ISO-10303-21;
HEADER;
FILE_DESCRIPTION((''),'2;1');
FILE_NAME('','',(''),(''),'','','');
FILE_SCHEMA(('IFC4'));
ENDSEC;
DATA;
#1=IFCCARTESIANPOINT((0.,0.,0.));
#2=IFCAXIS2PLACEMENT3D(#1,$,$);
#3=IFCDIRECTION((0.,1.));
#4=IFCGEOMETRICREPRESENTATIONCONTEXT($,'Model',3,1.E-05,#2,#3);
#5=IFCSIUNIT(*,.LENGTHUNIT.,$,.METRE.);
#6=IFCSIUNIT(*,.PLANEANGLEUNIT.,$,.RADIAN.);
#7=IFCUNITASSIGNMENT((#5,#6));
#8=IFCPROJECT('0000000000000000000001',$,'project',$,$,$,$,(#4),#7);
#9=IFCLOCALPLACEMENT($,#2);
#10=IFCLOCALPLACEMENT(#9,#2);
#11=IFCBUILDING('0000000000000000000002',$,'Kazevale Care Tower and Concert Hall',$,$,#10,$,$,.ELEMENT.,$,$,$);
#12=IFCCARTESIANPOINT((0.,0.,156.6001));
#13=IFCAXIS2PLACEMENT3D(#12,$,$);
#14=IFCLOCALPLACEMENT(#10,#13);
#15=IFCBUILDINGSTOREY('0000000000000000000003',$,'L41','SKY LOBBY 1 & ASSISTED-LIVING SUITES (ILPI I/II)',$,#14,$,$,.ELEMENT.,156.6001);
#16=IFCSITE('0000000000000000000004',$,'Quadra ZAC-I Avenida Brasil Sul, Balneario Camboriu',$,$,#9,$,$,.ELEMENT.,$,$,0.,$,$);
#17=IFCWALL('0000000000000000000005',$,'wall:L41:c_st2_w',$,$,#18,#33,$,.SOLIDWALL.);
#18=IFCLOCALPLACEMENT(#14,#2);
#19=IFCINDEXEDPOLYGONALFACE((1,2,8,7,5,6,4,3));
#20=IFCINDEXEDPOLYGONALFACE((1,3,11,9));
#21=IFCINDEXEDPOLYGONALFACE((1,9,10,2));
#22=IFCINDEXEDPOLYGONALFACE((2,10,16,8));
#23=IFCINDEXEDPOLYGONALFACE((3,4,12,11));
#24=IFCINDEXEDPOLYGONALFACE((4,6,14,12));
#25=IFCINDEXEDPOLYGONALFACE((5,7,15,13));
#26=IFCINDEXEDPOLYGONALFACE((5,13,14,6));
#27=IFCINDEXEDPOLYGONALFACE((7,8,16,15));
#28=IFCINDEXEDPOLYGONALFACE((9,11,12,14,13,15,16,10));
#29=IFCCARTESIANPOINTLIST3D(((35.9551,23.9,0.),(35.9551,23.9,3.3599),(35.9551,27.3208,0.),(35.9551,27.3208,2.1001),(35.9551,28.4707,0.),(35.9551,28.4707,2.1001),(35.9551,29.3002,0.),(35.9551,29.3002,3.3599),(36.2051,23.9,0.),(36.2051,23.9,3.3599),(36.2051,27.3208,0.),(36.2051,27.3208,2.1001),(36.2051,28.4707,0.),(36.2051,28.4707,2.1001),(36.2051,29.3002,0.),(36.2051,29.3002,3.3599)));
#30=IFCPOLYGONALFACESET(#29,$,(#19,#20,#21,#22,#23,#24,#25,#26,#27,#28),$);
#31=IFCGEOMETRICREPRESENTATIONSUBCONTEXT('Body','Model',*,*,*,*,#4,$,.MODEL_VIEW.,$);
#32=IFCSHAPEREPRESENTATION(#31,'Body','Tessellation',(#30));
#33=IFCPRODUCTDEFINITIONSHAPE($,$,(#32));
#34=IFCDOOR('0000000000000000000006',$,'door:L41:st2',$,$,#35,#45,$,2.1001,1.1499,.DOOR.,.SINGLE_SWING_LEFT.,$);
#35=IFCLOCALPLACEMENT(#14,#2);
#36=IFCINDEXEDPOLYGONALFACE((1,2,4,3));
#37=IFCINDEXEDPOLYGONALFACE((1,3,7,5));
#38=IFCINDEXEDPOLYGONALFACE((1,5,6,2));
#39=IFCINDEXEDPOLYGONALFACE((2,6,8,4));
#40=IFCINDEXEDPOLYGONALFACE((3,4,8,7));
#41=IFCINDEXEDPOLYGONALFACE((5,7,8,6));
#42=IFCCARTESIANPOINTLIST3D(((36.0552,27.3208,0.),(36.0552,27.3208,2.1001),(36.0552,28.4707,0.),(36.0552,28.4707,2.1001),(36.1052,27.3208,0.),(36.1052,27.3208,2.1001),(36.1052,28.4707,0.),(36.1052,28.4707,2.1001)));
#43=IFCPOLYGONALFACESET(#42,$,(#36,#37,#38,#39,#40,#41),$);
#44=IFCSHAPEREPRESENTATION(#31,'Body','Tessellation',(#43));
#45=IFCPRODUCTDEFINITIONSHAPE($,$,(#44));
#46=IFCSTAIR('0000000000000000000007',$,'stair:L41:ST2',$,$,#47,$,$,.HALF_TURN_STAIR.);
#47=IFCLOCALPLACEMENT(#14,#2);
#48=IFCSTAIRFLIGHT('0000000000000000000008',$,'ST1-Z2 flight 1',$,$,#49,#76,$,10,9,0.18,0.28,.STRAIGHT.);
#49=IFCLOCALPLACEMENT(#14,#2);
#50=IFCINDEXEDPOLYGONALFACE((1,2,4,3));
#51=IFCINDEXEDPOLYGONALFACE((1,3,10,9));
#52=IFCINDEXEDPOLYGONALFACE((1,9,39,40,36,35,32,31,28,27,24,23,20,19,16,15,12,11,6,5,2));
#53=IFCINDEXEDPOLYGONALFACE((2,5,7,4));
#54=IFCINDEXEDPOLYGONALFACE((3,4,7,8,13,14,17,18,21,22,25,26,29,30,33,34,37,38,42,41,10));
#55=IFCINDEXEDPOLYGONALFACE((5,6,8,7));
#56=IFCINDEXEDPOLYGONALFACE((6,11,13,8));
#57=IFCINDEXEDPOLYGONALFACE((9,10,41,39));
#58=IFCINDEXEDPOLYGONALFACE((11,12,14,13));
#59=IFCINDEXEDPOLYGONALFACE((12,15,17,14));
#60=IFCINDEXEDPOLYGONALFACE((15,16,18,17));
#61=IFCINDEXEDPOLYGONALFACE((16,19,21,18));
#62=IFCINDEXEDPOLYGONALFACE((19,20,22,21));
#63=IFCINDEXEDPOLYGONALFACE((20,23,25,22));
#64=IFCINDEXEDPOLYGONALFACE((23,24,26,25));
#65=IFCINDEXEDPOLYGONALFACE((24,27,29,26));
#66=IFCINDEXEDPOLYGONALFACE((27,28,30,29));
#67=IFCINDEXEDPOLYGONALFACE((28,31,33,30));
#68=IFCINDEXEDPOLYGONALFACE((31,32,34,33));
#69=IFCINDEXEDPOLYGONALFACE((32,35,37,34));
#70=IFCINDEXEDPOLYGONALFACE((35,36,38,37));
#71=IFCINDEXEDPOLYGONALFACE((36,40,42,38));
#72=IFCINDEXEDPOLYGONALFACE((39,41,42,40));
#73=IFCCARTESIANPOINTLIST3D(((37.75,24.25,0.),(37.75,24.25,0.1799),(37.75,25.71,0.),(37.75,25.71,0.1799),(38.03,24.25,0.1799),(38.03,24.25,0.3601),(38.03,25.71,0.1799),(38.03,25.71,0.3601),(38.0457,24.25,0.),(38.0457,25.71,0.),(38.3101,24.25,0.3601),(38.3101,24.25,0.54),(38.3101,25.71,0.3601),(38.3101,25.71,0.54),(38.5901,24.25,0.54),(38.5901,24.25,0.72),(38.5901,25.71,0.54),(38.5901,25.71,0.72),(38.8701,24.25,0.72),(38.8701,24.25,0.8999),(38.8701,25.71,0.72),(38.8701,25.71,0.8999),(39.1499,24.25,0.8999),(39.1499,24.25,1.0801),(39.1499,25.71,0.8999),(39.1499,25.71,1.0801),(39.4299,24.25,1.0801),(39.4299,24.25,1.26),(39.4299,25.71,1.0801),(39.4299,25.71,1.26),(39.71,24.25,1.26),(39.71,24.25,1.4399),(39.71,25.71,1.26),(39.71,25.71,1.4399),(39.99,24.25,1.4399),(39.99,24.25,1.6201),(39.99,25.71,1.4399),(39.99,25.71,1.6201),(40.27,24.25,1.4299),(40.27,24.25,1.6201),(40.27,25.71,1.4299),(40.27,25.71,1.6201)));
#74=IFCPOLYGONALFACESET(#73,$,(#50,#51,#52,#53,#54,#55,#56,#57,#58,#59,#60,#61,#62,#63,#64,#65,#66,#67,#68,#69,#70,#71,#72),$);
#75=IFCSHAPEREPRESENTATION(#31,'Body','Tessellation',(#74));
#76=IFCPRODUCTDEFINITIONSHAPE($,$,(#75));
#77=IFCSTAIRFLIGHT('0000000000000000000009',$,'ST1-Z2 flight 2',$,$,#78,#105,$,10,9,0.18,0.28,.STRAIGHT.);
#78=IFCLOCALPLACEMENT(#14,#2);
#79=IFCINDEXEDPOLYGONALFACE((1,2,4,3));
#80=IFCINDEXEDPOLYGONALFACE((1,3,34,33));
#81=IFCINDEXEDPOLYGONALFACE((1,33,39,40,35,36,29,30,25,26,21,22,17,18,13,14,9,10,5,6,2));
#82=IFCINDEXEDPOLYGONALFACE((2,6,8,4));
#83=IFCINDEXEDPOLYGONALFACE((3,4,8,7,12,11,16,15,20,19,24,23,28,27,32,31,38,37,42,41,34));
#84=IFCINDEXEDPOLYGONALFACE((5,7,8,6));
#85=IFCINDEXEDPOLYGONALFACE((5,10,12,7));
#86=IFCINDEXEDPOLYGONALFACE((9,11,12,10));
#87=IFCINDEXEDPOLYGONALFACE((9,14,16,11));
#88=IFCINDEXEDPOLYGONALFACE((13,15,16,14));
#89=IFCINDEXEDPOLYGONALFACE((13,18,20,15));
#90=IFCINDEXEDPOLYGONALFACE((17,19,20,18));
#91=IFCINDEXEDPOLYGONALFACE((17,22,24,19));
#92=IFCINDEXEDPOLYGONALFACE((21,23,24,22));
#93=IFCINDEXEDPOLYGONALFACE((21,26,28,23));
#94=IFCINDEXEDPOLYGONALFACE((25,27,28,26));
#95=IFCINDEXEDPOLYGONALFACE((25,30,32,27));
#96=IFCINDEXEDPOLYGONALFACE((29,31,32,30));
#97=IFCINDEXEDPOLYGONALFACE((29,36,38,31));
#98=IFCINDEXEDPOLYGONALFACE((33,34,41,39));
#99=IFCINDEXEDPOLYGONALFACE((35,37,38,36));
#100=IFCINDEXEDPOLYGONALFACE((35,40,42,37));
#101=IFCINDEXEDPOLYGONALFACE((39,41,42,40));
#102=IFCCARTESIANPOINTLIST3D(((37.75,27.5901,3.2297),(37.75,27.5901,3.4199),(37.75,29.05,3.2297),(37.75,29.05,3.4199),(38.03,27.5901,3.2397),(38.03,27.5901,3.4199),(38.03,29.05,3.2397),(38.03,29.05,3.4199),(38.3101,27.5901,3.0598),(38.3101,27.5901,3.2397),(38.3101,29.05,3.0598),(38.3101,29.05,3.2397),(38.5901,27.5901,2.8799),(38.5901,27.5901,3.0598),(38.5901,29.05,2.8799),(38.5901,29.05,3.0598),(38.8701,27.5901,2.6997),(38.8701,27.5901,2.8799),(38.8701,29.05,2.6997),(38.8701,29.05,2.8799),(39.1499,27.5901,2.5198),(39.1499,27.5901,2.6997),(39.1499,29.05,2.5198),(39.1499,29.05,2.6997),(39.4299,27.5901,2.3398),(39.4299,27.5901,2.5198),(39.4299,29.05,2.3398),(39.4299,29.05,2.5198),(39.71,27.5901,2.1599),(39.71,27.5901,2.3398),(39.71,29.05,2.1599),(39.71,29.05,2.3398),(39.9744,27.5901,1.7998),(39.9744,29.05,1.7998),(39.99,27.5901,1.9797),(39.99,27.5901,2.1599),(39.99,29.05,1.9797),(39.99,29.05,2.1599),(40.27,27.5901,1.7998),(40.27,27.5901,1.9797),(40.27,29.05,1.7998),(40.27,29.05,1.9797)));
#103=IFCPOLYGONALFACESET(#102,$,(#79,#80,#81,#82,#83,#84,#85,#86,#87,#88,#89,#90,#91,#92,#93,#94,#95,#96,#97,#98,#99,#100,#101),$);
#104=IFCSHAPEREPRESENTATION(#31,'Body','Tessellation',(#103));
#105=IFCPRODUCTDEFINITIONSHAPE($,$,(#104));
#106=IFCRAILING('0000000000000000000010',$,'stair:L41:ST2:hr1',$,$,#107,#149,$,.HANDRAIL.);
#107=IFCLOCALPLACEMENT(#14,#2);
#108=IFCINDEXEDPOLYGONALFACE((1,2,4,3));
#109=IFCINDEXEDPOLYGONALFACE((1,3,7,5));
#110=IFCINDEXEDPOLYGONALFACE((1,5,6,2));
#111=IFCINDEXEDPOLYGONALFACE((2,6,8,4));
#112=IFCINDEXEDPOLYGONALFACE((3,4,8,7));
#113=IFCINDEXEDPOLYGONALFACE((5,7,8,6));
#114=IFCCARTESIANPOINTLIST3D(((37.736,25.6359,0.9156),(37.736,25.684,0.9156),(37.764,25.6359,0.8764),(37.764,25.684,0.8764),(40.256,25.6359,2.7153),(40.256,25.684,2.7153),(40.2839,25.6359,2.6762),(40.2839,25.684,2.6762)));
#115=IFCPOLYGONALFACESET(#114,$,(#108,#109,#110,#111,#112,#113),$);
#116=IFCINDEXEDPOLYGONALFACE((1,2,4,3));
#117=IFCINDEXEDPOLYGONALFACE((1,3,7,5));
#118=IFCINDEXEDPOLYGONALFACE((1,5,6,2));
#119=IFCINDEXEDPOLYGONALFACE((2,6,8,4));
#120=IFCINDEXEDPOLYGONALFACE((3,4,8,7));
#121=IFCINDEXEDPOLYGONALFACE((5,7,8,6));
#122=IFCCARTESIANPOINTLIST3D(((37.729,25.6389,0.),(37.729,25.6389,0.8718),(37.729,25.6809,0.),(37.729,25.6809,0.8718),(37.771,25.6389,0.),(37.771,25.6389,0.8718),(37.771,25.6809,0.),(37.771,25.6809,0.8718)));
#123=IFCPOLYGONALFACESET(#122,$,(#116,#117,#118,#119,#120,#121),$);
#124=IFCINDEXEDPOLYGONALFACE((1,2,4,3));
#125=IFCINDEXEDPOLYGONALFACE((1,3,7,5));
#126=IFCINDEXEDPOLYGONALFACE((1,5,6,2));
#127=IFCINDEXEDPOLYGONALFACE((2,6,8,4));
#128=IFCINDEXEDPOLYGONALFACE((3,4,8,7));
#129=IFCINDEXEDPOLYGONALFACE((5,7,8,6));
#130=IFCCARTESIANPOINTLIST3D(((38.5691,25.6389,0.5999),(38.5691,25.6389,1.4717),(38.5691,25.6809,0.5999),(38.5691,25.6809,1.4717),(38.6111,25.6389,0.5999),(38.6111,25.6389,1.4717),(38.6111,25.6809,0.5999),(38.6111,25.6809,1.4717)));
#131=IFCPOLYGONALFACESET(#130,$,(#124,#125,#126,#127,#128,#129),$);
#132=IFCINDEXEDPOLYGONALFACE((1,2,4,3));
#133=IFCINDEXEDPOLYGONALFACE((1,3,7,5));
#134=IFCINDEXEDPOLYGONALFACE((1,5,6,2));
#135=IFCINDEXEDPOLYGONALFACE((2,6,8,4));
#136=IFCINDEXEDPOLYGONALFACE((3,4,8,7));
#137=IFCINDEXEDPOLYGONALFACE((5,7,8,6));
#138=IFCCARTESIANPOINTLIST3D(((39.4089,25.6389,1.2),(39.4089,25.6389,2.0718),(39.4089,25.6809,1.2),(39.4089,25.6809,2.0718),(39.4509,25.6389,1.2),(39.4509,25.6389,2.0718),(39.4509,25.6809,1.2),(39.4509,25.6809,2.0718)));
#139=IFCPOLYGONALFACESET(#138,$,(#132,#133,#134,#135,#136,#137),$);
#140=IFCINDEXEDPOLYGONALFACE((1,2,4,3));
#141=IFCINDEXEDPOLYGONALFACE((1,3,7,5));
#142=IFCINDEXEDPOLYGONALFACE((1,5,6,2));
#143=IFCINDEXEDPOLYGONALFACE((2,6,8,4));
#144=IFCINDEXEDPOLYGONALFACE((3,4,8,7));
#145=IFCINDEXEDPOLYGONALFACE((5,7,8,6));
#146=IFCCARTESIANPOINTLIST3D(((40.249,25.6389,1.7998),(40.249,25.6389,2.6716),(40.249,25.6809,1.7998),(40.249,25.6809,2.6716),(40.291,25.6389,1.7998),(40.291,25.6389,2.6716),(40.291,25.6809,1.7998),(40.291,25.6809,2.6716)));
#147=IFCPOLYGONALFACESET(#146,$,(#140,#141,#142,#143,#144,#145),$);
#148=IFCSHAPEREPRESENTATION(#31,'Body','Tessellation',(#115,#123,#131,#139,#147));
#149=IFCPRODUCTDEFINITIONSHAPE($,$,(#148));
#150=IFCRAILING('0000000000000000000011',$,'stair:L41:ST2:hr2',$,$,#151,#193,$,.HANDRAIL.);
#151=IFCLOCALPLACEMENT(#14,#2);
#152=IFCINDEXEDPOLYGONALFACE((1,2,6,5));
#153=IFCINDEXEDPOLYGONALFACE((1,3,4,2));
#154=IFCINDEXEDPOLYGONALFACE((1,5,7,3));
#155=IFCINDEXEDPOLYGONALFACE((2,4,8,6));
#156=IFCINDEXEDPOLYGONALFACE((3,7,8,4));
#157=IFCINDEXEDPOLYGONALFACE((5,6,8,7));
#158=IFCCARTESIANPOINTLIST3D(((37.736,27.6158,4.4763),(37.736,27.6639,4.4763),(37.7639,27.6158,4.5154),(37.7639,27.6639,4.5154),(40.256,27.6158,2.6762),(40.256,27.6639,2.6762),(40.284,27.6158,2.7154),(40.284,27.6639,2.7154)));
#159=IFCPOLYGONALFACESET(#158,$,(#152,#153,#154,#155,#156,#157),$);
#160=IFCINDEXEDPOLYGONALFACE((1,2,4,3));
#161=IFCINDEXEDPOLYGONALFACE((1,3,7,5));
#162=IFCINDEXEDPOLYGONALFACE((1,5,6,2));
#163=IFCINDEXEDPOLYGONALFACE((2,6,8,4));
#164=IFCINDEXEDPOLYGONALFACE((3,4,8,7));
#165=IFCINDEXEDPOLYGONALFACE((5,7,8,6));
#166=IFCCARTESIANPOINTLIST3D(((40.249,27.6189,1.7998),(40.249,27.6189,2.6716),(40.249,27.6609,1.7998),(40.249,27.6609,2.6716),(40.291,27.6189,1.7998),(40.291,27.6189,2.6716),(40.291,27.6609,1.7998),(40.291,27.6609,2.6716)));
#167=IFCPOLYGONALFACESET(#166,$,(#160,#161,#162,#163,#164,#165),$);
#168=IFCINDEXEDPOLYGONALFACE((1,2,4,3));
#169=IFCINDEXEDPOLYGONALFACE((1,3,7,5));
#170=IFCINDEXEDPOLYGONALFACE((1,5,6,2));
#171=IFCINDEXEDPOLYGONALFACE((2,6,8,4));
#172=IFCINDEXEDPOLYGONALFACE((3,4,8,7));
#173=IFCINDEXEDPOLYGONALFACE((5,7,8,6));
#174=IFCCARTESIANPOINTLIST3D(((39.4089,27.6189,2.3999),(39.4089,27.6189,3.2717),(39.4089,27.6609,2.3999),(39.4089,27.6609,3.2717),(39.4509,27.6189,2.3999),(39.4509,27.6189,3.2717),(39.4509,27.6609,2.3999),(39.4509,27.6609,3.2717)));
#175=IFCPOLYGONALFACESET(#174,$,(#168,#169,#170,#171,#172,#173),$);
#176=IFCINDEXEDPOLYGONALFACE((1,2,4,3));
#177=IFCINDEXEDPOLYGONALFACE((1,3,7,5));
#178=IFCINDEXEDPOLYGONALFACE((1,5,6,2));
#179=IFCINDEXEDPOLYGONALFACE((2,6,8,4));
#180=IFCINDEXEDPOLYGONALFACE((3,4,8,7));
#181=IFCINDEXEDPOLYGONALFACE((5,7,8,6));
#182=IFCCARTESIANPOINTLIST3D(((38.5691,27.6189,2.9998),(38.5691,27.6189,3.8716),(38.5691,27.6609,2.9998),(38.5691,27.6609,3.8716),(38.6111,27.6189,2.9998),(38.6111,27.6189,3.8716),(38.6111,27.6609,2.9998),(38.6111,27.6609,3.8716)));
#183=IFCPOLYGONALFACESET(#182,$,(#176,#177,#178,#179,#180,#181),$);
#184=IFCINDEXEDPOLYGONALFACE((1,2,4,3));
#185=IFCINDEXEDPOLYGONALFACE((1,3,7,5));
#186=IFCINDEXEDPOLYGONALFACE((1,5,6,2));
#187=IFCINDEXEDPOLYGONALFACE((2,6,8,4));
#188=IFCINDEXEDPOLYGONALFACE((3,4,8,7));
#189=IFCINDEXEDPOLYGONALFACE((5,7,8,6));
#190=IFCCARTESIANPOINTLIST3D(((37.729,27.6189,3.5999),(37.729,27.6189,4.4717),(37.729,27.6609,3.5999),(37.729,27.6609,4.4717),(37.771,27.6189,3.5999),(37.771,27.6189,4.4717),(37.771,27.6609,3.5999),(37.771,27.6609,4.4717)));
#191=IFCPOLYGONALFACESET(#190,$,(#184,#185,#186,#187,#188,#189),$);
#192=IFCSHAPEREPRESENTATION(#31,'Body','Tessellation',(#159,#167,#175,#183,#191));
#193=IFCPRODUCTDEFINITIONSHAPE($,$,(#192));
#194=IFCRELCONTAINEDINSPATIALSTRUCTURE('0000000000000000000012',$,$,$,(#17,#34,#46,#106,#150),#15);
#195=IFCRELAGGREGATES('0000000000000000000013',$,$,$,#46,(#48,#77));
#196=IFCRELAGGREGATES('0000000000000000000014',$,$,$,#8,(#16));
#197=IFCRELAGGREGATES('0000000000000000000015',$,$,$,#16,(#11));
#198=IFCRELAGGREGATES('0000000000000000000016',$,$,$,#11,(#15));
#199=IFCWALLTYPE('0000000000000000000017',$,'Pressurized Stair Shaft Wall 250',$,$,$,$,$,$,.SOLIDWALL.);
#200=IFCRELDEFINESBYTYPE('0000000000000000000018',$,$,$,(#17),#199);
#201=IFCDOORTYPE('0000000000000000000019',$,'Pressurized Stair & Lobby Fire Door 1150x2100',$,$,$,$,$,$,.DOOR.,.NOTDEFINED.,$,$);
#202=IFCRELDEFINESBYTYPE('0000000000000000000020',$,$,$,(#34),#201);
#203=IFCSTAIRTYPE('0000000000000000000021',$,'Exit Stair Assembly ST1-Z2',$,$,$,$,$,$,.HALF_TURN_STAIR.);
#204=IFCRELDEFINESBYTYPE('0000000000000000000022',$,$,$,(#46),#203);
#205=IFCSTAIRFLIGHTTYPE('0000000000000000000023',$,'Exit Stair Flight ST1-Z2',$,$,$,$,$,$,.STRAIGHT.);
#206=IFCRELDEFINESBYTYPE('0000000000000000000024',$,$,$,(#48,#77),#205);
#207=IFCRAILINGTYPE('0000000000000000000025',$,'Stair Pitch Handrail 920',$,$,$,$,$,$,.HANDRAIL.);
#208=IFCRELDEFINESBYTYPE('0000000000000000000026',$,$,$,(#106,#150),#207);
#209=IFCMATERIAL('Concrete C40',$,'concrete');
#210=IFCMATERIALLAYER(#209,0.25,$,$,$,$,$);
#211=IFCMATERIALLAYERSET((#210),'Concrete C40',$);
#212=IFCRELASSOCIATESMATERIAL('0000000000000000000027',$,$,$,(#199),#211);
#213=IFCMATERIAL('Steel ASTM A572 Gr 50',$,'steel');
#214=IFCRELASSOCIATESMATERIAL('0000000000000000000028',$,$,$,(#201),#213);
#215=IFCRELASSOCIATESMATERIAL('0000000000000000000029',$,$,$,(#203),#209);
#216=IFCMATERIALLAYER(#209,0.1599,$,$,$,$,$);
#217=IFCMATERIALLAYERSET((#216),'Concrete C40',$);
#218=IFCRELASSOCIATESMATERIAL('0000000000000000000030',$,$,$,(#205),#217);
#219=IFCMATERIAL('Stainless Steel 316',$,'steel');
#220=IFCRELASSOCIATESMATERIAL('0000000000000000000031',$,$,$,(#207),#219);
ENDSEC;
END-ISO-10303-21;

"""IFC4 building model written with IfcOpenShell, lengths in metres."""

from ifc_helpers import new_model, si_unit, direction, frame, frame_2d, origin, origin_2d, place, context, subcontext, project, spatial, polyline, rectangle, outline, extrude, material, layer, layer_set, type_object, element, fill, aggregate, save


model = new_model("IFC4")

# Units and contexts
model_context = context("Model", 3, precision=1e-05, world=origin(), true_north=direction((0.0, 1.0)))
body_context = subcontext(model_context, "Body", "Model", "MODEL_VIEW")
ifc_project = project(units=[si_unit("LENGTHUNIT", "METRE"), si_unit("PLANEANGLEUNIT", "RADIAN")], contexts=[model_context])

# Site, building, storey
site_placement = place(None, origin())
site = spatial("IfcSite", under=ifc_project, at=site_placement, Name="Quadra ZAC-I Avenida Brasil Sul, Balneario Camboriu", CompositionType="ELEMENT", RefElevation=0.0)
building_placement = place(site_placement, origin())
building = spatial("IfcBuilding", under=site, at=building_placement, Name="Kazevale Care Tower and Concert Hall", CompositionType="ELEMENT")
storey_placement = place(building_placement, frame((0.0, 0.0, 156.6001)))
storey = spatial("IfcBuildingStorey", under=building, at=storey_placement, Name="L41", Description="SKY LOBBY 1 & ASSISTED-LIVING SUITES (ILPI I/II)", CompositionType="ELEMENT", Elevation=156.6001)

# Shared definitions
ifc_material_1 = material(Name="Steel ASTM A572 Gr 50", Category="steel")

# Wall, opening, door
ifc_material_2 = material(Name="Concrete C40", Category="concrete")
ifc_layer_1 = layer(ifc_material_2, 0.25)
ifc_layer_set_1 = layer_set([ifc_layer_1], Name="Concrete C40")
wall_type_1 = type_object("IfcWallType", Name="Pressurized Stair Shaft Wall 250", PredefinedType="SOLIDWALL", material=ifc_layer_set_1)
wall_1_placement = place(storey_placement, frame((36.0801, 23.8999, 0.0), z_axis=(0.0, 0.0, 1.0), x_axis=(0.0, 1.0, 0.0)))
wall_1 = element("IfcWall", 1, at=wall_1_placement, inside=storey, type_object=wall_type_1, Name="wall:L41:c_st2_w", PredefinedType="SOLIDWALL", context=body_context, shape_type="SweptSolid", body=[
    extrude(rectangle(XDim=5.4001, YDim=0.25, at=frame_2d((2.7002, 0.0))), origin(), (0.0, 0.0, 1.0), 3.3599),
])
opening_1_placement = place(wall_1_placement, frame((3.4209, 0.0, 0.0)))
opening_1 = element("IfcOpeningElement", 2, at=opening_1_placement, cuts=wall_1, PredefinedType="OPENING", context=body_context, shape_type="SweptSolid", body=[
    extrude(rectangle(XDim=1.1499, YDim=2.1001, at=frame_2d((0.575, 1.05))), frame((0.0, 0.135, 0.0), z_axis=(0.0, -1.0, 0.0), x_axis=(1.0, 0.0, 0.0)), (0.0, 0.0, 1.0), 0.27),
])
door_type_1 = type_object("IfcDoorType", Name="Pressurized Stair & Lobby Fire Door 1150x2100", OperationType="NOTDEFINED", PredefinedType="DOOR", material=ifc_material_1)
door_1_placement = place(opening_1_placement, origin())
door_1 = element("IfcDoor", 3, at=door_1_placement, inside=storey, type_object=door_type_1, Name="door:L41:st2", OperationType="SINGLE_SWING_LEFT", OverallHeight=2.1001, OverallWidth=1.1499, PredefinedType="DOOR", context=body_context, shape_type="SweptSolid", body=[
    extrude(rectangle(XDim=1.1499, YDim=2.1001, at=frame_2d((0.575, 1.05))), frame((0.0, 0.0249, 0.0), z_axis=(0.0, -1.0, 0.0), x_axis=(1.0, 0.0, 0.0)), (0.0, 0.0, 1.0), 0.05),
])
fill(opening_1, door_1)

# Stair, stair flights
stair_type = type_object("IfcStairType", Name="Exit Stair Assembly ST1-Z2", PredefinedType="HALF_TURN_STAIR", material=ifc_material_2)
stair_placement = place(storey_placement, origin())
stair = element("IfcStair", 4, at=stair_placement, inside=storey, type_object=stair_type, Name="stair:L41:ST2", PredefinedType="HALF_TURN_STAIR")
ifc_layer_2 = layer(ifc_material_2, 0.1599)
ifc_layer_set_2 = layer_set([ifc_layer_2], Name="Concrete C40")
stair_flight_type = type_object("IfcStairFlightType", Name="Exit Stair Flight ST1-Z2", PredefinedType="STRAIGHT", material=ifc_layer_set_2)
stair_flight_1_placement = place(storey_placement, frame((37.75, 24.98, 0.0), z_axis=(0.0, 0.0, 1.0), x_axis=(1.0, 0.0, 0.0)))
stair_flight_1 = element("IfcStairFlight", 5, at=stair_flight_1_placement, type_object=stair_flight_type, Name="ST1-Z2 flight 1", NumberOfRisers=10, NumberOfTreads=9, PredefinedType="STRAIGHT", RiserHeight=0.18, TreadLength=0.28, context=body_context, shape_type="SweptSolid", body=[
    extrude(outline(polyline([(0.0, 0.0), (0.0, 0.1799), (0.28, 0.1799), (0.28, 0.3601), (0.5601, 0.3601), (0.5601, 0.54), (0.8401, 0.54), (0.8401, 0.72), (1.1201, 0.72), (1.1201, 0.8999), (1.3999, 0.8999), (1.3999, 1.0801), (1.6799, 1.0801), (1.6799, 1.26), (1.96, 1.26), (1.96, 1.4399), (2.24, 1.4399), (2.24, 1.6201), (2.52, 1.6201), (2.52, 1.8), (2.52, 1.4299), (0.2957, 0.0), (0.0, 0.0)])), frame((0.0, 0.73, 0.0), z_axis=(0.0, -1.0, 0.0), x_axis=(1.0, 0.0, 0.0)), (0.0, 0.0, 1.0), 1.46),
])
stair_flight_2_placement = place(storey_placement, frame((40.27, 28.3201, 1.7998), z_axis=(0.0, 0.0, 1.0), x_axis=(-1.0, 0.0, 0.0)))
stair_flight_2 = element("IfcStairFlight", 6, at=stair_flight_2_placement, type_object=stair_flight_type, Name="ST1-Z2 flight 2", NumberOfRisers=10, NumberOfTreads=9, PredefinedType="STRAIGHT", RiserHeight=0.18, TreadLength=0.28, context=body_context, shape_type="SweptSolid", body=[
    extrude(outline(polyline([(0.0, 0.0), (0.0, 0.1799), (0.28, 0.1799), (0.28, 0.3601), (0.5601, 0.3601), (0.5601, 0.54), (0.8401, 0.54), (0.8401, 0.72), (1.1201, 0.72), (1.1201, 0.8999), (1.3999, 0.8999), (1.3999, 1.0801), (1.6799, 1.0801), (1.6799, 1.26), (1.96, 1.26), (1.96, 1.4399), (2.24, 1.4399), (2.24, 1.6201), (2.52, 1.6201), (2.52, 1.8), (2.52, 1.4299), (0.2957, 0.0), (0.0, 0.0)])), frame((0.0, 0.73, 0.0), z_axis=(0.0, -1.0, 0.0), x_axis=(1.0, 0.0, 0.0)), (0.0, 0.0, 1.0), 1.46),
])
aggregate(stair, [stair_flight_1, stair_flight_2])

# Railings
ifc_material_3 = material(Name="Stainless Steel 316", Category="steel")
railing_type_1 = type_object("IfcRailingType", Name="Stair Pitch Handrail 920", PredefinedType="HANDRAIL", material=ifc_material_3)
railing_1_placement = place(storey_placement, frame((37.75, 25.6599, 0.0)))
element("IfcRailing", 7, at=railing_1_placement, inside=storey, type_object=railing_type_1, Name="stair:L41:ST2:hr1", PredefinedType="HANDRAIL", context=body_context, shape_type="SweptSolid", body=[
    extrude(rectangle(XDim=0.0481, YDim=0.0481, at=origin_2d()), frame((0.0, 0.0, 0.896), z_axis=(0.813765, 0.0, 0.581193), x_axis=(0.0, 1.0, 0.0)), (0.0, 0.0, 1.0), 3.0967),
    extrude(rectangle(XDim=0.042, YDim=0.042, at=origin_2d()), origin(), (0.0, 0.0, 1.0), 0.8718),
    extrude(rectangle(XDim=0.042, YDim=0.042, at=origin_2d()), frame((0.8401, 0.0, 0.5999)), (0.0, 0.0, 1.0), 0.8718),
    extrude(rectangle(XDim=0.042, YDim=0.042, at=origin_2d()), frame((1.6799, 0.0, 1.2)), (0.0, 0.0, 1.0), 0.8718),
    extrude(rectangle(XDim=0.042, YDim=0.042, at=origin_2d()), frame((2.52, 0.0, 1.7998)), (0.0, 0.0, 1.0), 0.8718),
])
railing_2_placement = place(storey_placement, frame((40.27, 27.6399, 1.7998)))
element("IfcRailing", 8, at=railing_2_placement, inside=storey, type_object=railing_type_1, Name="stair:L41:ST2:hr2", PredefinedType="HANDRAIL", context=body_context, shape_type="SweptSolid", body=[
    extrude(rectangle(XDim=0.0481, YDim=0.0481, at=origin_2d()), frame((0.0, 0.0, 0.896), z_axis=(-0.813728, 0.0, 0.581246), x_axis=(0.0, -1.0, 0.0)), (0.0, 0.0, 1.0), 3.0969),
    extrude(rectangle(XDim=0.042, YDim=0.042, at=origin_2d()), origin(), (0.0, 0.0, 1.0), 0.8718),
    extrude(rectangle(XDim=0.042, YDim=0.042, at=origin_2d()), frame((-0.8401, 0.0, 0.6001)), (0.0, 0.0, 1.0), 0.8718),
    extrude(rectangle(XDim=0.042, YDim=0.042, at=origin_2d()), frame((-1.6799, 0.0, 1.2)), (0.0, 0.0, 1.0), 0.8718),
    extrude(rectangle(XDim=0.042, YDim=0.042, at=origin_2d()), frame((-2.52, 0.0, 1.8)), (0.0, 0.0, 1.0), 0.8718),
])

save(model, "model.ifc")
